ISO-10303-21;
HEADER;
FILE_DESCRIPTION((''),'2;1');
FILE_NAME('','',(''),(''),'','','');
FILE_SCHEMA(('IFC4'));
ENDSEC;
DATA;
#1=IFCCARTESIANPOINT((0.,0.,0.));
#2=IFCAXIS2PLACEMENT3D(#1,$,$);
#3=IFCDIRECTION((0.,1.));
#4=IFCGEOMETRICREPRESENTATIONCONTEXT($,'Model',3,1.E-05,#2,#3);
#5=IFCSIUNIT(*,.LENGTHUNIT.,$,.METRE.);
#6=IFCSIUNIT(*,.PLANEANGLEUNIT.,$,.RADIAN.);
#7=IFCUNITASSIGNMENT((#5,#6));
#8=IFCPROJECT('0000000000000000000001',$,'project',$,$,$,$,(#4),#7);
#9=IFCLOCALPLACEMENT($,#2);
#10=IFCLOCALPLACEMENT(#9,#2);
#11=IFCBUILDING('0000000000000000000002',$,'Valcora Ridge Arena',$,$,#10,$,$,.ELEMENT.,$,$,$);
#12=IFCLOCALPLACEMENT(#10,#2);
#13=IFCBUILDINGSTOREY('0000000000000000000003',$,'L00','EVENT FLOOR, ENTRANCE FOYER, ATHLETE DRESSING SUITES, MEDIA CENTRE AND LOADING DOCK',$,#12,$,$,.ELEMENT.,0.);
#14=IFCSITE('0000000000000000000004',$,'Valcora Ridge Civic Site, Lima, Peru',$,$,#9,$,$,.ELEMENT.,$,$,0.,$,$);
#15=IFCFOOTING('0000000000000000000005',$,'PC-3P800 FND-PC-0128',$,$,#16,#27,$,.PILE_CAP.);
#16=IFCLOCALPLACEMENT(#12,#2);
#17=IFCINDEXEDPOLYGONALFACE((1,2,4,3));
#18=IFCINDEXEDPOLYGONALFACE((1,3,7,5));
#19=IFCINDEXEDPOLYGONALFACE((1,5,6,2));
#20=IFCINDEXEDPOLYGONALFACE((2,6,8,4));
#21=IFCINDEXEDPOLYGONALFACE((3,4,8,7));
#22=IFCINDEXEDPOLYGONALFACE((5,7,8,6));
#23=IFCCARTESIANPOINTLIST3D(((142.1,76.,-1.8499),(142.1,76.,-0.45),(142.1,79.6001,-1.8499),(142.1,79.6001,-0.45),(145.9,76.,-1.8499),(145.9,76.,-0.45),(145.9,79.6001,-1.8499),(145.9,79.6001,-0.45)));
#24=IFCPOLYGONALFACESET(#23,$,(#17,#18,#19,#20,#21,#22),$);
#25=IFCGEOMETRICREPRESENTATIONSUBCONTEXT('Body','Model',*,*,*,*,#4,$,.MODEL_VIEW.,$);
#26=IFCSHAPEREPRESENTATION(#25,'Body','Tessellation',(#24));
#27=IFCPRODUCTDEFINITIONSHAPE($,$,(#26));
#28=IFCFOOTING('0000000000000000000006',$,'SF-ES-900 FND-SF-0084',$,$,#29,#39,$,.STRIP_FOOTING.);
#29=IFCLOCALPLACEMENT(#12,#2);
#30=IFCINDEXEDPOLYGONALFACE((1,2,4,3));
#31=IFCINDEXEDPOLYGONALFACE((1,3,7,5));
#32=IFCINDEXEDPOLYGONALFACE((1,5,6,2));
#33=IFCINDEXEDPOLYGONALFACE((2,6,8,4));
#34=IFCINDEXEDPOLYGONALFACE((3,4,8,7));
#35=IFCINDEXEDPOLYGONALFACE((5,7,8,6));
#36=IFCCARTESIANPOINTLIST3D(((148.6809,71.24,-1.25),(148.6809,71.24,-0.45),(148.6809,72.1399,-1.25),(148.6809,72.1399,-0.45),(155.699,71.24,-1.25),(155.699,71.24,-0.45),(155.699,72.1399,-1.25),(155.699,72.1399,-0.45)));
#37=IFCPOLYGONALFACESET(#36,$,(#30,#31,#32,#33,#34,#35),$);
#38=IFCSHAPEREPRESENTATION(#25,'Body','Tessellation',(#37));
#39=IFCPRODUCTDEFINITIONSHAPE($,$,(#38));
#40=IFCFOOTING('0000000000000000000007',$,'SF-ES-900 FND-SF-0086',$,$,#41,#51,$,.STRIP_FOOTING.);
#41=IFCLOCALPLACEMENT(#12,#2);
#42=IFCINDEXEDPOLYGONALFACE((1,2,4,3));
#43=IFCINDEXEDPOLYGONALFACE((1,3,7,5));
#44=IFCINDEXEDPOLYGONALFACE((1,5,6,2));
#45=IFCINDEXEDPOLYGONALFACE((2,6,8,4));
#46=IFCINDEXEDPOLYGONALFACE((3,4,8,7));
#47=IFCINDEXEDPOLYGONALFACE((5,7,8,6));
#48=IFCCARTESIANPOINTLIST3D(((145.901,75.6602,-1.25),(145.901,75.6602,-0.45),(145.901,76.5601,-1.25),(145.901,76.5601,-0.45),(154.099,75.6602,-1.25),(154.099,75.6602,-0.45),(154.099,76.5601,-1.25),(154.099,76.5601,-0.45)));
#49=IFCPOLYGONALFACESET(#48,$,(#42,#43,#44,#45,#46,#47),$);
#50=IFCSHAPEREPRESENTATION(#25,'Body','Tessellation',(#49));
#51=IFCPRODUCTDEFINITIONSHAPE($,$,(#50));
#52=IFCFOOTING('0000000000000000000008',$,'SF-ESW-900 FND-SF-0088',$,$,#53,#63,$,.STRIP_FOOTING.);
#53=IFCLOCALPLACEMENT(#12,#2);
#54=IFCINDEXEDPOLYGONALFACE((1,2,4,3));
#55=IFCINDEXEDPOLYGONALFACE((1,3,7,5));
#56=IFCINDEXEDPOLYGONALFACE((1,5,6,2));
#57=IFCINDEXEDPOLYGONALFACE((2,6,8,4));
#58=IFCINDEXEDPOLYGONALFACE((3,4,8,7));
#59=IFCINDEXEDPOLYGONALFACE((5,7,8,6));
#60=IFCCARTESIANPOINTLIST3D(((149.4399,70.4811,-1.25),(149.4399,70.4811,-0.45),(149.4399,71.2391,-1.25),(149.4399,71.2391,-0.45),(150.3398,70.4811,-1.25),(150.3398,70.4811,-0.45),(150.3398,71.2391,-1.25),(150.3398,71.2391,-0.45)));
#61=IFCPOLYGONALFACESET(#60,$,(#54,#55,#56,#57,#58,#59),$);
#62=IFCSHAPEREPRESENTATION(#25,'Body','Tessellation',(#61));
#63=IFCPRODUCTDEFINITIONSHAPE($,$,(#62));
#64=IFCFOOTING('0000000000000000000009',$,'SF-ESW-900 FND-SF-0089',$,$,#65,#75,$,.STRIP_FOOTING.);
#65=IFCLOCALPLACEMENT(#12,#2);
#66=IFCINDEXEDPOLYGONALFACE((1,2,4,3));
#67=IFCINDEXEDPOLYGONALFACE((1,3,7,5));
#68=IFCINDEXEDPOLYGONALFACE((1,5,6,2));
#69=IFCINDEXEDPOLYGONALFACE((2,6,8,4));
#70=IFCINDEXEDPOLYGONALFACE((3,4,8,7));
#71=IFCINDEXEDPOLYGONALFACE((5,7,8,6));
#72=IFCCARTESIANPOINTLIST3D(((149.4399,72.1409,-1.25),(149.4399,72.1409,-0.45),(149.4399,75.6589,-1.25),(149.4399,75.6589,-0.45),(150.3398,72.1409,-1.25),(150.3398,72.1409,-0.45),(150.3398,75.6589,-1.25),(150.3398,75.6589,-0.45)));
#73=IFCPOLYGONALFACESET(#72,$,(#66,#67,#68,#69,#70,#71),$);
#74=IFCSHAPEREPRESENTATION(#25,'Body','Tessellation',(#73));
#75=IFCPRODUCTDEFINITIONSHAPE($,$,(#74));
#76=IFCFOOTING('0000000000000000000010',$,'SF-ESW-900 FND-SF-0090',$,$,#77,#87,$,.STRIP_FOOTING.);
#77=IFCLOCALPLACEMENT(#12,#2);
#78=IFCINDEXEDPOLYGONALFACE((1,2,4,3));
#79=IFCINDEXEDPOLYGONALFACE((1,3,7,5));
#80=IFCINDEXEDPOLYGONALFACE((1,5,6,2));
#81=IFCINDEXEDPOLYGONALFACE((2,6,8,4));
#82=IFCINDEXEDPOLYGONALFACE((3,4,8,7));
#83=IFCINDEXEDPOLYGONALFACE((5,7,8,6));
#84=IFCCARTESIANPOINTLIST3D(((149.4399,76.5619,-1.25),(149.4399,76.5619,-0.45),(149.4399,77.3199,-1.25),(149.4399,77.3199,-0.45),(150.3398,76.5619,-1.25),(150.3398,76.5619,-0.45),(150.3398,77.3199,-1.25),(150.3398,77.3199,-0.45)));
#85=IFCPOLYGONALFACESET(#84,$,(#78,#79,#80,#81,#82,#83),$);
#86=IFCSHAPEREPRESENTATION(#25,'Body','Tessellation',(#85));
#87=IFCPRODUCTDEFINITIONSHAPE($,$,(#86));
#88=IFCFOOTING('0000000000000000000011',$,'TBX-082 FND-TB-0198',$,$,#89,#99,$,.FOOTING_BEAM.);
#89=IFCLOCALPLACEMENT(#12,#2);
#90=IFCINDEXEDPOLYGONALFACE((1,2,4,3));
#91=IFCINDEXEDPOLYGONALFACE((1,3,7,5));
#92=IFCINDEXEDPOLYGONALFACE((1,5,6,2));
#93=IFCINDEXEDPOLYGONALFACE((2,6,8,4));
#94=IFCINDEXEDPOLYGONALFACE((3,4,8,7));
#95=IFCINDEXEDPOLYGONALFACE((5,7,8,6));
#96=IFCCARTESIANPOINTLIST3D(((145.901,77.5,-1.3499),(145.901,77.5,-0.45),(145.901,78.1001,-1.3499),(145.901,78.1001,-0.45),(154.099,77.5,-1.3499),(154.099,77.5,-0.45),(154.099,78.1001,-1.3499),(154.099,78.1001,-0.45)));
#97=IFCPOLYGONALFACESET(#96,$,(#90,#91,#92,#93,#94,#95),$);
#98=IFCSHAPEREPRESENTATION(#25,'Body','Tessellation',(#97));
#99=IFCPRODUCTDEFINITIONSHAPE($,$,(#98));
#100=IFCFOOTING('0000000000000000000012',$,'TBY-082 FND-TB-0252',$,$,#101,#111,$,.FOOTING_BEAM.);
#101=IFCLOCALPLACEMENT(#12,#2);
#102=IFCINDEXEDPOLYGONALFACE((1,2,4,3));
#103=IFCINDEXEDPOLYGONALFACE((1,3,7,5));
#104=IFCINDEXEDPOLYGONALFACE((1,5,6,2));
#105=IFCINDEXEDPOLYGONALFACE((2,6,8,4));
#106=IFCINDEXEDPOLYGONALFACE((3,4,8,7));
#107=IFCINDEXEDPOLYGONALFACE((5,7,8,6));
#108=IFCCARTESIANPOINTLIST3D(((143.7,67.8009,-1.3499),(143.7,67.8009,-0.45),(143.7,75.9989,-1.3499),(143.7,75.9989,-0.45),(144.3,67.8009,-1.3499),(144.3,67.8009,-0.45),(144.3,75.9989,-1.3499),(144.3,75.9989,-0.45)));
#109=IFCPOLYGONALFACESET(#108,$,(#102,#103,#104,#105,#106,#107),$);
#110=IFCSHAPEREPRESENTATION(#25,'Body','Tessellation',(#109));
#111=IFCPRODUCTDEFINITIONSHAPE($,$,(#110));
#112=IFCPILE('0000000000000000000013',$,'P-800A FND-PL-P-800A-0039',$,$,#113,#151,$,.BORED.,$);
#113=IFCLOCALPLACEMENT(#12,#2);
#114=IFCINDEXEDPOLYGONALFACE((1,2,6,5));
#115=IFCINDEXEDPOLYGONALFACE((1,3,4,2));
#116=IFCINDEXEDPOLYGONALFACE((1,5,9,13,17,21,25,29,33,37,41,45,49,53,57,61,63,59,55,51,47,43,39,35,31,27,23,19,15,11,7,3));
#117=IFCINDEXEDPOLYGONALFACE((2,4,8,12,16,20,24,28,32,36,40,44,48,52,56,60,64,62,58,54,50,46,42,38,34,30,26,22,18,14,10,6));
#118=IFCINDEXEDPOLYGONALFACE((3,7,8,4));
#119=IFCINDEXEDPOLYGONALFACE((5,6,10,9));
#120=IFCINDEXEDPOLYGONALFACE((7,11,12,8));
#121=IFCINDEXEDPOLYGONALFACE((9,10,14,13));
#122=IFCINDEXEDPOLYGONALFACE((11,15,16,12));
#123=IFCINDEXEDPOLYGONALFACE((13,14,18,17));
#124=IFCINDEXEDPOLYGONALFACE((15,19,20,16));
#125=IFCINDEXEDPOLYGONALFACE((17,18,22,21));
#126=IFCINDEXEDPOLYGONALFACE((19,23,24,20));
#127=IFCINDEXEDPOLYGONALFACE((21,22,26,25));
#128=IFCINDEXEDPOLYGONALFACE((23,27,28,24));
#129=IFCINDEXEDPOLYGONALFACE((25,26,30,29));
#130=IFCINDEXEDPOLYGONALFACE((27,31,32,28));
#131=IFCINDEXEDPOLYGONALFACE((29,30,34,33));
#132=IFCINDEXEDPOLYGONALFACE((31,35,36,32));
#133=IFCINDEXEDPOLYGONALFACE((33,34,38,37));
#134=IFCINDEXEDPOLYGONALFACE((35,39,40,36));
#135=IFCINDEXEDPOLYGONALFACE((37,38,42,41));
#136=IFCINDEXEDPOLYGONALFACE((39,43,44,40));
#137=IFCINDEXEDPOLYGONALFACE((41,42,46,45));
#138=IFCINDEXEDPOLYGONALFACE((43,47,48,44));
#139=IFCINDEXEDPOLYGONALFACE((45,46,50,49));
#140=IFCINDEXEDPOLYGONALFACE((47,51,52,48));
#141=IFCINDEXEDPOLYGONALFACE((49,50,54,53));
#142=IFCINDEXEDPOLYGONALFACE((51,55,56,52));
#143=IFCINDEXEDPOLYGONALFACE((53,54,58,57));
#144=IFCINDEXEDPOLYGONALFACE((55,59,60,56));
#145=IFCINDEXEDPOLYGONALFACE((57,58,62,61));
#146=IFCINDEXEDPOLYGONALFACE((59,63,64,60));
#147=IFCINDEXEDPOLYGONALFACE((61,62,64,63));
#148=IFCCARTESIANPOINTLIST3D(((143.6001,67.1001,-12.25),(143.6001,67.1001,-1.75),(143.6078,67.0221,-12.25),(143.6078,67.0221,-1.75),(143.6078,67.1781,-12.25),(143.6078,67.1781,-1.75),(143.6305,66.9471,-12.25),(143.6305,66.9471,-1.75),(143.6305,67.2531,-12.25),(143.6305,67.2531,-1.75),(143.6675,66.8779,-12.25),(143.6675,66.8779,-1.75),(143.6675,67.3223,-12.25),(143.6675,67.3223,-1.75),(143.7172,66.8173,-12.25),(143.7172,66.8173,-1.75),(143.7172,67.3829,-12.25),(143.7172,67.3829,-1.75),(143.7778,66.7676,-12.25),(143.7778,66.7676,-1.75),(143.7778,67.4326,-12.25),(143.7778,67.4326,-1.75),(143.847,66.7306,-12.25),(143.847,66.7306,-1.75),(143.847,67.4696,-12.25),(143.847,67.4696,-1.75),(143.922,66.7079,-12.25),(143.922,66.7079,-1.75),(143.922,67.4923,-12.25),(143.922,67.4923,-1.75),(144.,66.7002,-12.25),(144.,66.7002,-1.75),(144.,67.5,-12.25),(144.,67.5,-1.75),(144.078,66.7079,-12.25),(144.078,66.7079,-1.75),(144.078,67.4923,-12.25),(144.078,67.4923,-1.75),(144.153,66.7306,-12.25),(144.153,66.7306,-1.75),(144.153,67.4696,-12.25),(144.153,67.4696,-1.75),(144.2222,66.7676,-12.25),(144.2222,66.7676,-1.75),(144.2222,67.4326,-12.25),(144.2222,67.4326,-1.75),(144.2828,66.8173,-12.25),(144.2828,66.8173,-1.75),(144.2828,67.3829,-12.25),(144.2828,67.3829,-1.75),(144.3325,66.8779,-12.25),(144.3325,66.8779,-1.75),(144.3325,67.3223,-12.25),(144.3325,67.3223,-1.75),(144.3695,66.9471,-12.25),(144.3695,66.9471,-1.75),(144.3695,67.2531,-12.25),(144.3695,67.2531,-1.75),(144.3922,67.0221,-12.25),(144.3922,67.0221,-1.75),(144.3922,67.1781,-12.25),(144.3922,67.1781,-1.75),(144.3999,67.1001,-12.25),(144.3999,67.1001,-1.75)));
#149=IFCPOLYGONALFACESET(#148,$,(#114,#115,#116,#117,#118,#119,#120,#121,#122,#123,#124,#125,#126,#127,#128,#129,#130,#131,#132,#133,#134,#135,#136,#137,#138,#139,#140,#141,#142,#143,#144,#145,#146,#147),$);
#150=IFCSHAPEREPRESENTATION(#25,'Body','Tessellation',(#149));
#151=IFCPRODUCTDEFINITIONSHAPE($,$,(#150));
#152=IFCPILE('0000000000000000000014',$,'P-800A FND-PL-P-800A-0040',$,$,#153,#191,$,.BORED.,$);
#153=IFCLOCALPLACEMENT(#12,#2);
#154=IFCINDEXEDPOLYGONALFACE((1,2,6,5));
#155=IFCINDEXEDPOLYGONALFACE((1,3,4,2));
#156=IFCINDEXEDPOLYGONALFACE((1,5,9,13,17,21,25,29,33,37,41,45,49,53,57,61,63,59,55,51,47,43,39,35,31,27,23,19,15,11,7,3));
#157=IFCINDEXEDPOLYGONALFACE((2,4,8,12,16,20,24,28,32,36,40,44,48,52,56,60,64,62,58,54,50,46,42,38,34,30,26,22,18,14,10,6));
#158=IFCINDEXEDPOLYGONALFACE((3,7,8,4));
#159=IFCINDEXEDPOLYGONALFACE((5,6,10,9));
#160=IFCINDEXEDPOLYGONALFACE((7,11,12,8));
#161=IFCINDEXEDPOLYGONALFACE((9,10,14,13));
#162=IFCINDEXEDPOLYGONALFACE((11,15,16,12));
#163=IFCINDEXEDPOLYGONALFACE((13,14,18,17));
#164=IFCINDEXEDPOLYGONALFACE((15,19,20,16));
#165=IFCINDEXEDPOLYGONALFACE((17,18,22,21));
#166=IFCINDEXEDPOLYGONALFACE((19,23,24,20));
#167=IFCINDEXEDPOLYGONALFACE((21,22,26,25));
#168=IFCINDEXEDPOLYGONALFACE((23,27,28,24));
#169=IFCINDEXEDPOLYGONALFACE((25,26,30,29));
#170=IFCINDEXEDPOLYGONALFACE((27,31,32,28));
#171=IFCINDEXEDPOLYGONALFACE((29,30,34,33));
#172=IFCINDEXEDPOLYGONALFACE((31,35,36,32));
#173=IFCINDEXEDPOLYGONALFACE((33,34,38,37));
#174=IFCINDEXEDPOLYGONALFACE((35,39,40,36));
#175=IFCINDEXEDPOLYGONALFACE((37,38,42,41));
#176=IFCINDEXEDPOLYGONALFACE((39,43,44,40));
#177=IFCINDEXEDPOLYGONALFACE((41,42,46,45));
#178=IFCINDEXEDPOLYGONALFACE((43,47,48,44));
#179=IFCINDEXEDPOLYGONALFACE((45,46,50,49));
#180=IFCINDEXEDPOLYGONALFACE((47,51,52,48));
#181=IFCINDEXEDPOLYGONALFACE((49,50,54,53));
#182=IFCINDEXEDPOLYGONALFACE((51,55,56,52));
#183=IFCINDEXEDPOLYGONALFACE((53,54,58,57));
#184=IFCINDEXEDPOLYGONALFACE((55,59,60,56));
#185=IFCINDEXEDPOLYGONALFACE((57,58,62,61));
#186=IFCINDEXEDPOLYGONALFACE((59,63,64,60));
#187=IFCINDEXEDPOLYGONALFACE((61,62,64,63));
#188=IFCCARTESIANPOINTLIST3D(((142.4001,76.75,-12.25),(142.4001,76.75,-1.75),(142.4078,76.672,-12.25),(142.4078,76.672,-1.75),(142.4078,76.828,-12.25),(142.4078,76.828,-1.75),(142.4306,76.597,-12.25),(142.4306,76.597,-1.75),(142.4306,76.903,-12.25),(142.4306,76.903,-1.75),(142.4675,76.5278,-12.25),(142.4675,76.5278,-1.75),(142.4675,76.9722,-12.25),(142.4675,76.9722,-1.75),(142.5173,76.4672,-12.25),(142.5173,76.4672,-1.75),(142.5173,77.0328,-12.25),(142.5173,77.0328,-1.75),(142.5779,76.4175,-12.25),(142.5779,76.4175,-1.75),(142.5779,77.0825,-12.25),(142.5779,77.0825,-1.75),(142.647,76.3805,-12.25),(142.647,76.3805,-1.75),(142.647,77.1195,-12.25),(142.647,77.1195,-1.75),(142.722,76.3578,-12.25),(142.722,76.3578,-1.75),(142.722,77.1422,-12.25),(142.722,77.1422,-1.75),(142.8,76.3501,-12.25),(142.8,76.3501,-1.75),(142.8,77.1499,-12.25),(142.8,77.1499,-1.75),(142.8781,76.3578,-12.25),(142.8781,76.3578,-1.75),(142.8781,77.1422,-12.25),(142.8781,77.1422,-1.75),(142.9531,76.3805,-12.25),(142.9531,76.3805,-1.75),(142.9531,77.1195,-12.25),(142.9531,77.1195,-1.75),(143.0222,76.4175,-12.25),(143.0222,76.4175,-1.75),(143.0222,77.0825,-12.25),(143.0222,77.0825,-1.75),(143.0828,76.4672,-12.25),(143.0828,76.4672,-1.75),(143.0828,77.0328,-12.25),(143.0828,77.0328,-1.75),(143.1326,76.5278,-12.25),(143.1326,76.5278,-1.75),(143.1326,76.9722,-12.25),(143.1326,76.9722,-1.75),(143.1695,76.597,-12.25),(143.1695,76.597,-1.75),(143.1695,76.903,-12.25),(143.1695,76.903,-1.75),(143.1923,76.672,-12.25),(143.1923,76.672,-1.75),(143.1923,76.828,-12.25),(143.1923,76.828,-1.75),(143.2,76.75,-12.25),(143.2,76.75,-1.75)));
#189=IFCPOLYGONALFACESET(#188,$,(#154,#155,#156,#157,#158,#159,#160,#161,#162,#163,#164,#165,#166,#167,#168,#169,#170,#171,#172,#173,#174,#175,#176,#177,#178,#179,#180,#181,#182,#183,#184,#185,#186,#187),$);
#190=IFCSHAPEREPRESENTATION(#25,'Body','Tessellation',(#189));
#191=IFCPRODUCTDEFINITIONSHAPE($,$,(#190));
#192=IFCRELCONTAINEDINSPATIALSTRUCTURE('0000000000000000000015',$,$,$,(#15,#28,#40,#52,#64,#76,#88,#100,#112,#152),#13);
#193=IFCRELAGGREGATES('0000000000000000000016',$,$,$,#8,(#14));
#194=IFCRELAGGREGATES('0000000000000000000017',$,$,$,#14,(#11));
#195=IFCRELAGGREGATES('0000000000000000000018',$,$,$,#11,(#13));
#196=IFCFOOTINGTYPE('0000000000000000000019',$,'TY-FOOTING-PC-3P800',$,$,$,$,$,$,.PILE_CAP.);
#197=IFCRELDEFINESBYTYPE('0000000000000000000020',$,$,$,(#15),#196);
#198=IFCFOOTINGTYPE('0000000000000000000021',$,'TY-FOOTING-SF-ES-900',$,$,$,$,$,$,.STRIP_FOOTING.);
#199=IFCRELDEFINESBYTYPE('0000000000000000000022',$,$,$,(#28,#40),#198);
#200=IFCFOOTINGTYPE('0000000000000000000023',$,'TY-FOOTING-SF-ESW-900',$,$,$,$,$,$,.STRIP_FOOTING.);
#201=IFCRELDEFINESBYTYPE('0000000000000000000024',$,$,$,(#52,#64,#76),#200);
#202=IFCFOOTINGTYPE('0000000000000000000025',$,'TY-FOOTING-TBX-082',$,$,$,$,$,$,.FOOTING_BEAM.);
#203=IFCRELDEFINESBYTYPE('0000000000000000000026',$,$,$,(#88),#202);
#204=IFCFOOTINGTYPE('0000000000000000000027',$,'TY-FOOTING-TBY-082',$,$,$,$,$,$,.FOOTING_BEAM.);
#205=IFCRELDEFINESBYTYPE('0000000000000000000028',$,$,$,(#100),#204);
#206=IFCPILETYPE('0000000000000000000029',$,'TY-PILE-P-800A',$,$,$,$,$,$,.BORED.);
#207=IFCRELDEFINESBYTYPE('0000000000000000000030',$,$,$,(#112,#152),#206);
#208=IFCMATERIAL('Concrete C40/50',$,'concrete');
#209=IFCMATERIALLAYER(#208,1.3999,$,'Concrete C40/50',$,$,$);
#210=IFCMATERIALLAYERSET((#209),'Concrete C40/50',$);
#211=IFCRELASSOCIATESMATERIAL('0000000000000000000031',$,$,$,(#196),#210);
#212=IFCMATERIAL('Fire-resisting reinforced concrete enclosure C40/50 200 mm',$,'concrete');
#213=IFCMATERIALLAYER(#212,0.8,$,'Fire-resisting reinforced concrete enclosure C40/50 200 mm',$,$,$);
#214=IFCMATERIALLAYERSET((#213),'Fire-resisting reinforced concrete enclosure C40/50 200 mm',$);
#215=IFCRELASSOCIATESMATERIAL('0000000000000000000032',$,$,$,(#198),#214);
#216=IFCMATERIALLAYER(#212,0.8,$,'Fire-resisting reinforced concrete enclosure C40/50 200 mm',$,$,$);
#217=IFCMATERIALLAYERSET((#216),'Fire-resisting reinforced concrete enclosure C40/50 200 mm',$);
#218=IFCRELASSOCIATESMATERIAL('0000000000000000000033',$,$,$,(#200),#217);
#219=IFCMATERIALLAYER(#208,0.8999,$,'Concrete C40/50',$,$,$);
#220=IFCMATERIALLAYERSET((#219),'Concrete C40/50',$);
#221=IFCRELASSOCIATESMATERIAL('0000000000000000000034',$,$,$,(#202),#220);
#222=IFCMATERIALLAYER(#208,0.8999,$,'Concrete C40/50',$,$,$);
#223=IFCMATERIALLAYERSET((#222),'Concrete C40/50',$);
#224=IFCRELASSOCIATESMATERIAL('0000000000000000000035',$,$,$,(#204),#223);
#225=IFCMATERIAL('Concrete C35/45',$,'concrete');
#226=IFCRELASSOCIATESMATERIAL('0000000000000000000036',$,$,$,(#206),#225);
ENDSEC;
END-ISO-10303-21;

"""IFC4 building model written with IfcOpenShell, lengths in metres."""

from ifc_helpers import new_model, si_unit, direction, frame, origin, origin_2d, place, context, subcontext, project, spatial, rectangle, circle, extrude, material, layer, layer_set, material_profile, profile_set, type_object, element, save


model = new_model("IFC4")

# Units and contexts
model_context = context("Model", 3, precision=1e-05, world=origin(), true_north=direction((0.0, 1.0)))
body_context = subcontext(model_context, "Body", "Model", "MODEL_VIEW")
ifc_project = project(units=[si_unit("LENGTHUNIT", "METRE"), si_unit("PLANEANGLEUNIT", "RADIAN")], contexts=[model_context])

# Site, building, storey
site_placement = place(None, origin())
site = spatial("IfcSite", under=ifc_project, at=site_placement, Name="Valcora Ridge Civic Site, Lima, Peru", CompositionType="ELEMENT", RefElevation=0.0)
building_placement = place(site_placement, origin())
building = spatial("IfcBuilding", under=site, at=building_placement, Name="Valcora Ridge Arena", CompositionType="ELEMENT")
storey_placement = place(building_placement, origin())
storey = spatial("IfcBuildingStorey", under=building, at=storey_placement, Name="L00", Description="EVENT FLOOR, ENTRANCE FOYER, ATHLETE DRESSING SUITES, MEDIA CENTRE AND LOADING DOCK", CompositionType="ELEMENT", Elevation=0.0)

# Footings
ifc_material_1 = material(Name="Concrete C40/50", Category="concrete")
ifc_layer_1 = layer(ifc_material_1, 1.3999, Name="Concrete C40/50")
ifc_layer_set_1 = layer_set([ifc_layer_1], Name="Concrete C40/50")
footing_type_1 = type_object("IfcFootingType", Name="TY-FOOTING-PC-3P800", PredefinedType="PILE_CAP", material=ifc_layer_set_1)
footing_1_placement = place(storey_placement, frame((144.0, 77.8, -1.8499), z_axis=(0.0, 0.0, 1.0), x_axis=(1.0, 0.0, 0.0)))
element("IfcFooting", 1, at=footing_1_placement, inside=storey, type_object=footing_type_1, Name="PC-3P800 FND-PC-0128", PredefinedType="PILE_CAP", context=body_context, shape_type="SweptSolid", body=[
    extrude(rectangle(XDim=3.8, YDim=3.6001, at=origin_2d()), origin(), (0.0, 0.0, 1.0), 1.3999),
])
ifc_material_2 = material(Name="Fire-resisting reinforced concrete enclosure C40/50 200 mm", Category="concrete")
ifc_layer_2 = layer(ifc_material_2, 0.8, Name="Fire-resisting reinforced concrete enclosure C40/50 200 mm")
ifc_layer_set_2 = layer_set([ifc_layer_2], Name="Fire-resisting reinforced concrete enclosure C40/50 200 mm")
footing_type_2 = type_object("IfcFootingType", Name="TY-FOOTING-SF-ES-900", PredefinedType="STRIP_FOOTING", material=ifc_layer_set_2)
footing_2_placement = place(storey_placement, frame((152.1899, 71.6899, -1.25), z_axis=(0.0, 0.0, 1.0), x_axis=(1.0, 0.0, 0.0)))
element("IfcFooting", 2, at=footing_2_placement, inside=storey, type_object=footing_type_2, Name="SF-ES-900 FND-SF-0084", PredefinedType="STRIP_FOOTING", context=body_context, shape_type="SweptSolid", body=[
    extrude(rectangle(XDim=7.0181, YDim=0.8999, at=origin_2d()), origin(), (0.0, 0.0, 1.0), 0.8),
])
footing_3_placement = place(storey_placement, frame((150.0, 76.1101, -1.25), z_axis=(0.0, 0.0, 1.0), x_axis=(1.0, 0.0, 0.0)))
element("IfcFooting", 3, at=footing_3_placement, inside=storey, type_object=footing_type_2, Name="SF-ES-900 FND-SF-0086", PredefinedType="STRIP_FOOTING", context=body_context, shape_type="SweptSolid", body=[
    extrude(rectangle(XDim=8.198, YDim=0.8999, at=origin_2d()), origin(), (0.0, 0.0, 1.0), 0.8),
])
ifc_layer_3 = layer(ifc_material_2, 0.8, Name="Fire-resisting reinforced concrete enclosure C40/50 200 mm")
ifc_layer_set_3 = layer_set([ifc_layer_3], Name="Fire-resisting reinforced concrete enclosure C40/50 200 mm")
footing_type_3 = type_object("IfcFootingType", Name="TY-FOOTING-SF-ESW-900", PredefinedType="STRIP_FOOTING", material=ifc_layer_set_3)
footing_4_placement = place(storey_placement, frame((149.8899, 70.8601, -1.25), z_axis=(0.0, 0.0, 1.0), x_axis=(1.0, 0.0, 0.0)))
element("IfcFooting", 4, at=footing_4_placement, inside=storey, type_object=footing_type_3, Name="SF-ESW-900 FND-SF-0088", PredefinedType="STRIP_FOOTING", context=body_context, shape_type="SweptSolid", body=[
    extrude(rectangle(XDim=0.8999, YDim=0.7581, at=origin_2d()), origin(), (0.0, 0.0, 1.0), 0.8),
])
footing_5_placement = place(storey_placement, frame((149.8899, 73.8999, -1.25), z_axis=(0.0, 0.0, 1.0), x_axis=(1.0, 0.0, 0.0)))
element("IfcFooting", 5, at=footing_5_placement, inside=storey, type_object=footing_type_3, Name="SF-ESW-900 FND-SF-0089", PredefinedType="STRIP_FOOTING", context=body_context, shape_type="SweptSolid", body=[
    extrude(rectangle(XDim=0.8999, YDim=3.5181, at=origin_2d()), origin(), (0.0, 0.0, 1.0), 0.8),
])
footing_6_placement = place(storey_placement, frame((149.8899, 76.9409, -1.25), z_axis=(0.0, 0.0, 1.0), x_axis=(1.0, 0.0, 0.0)))
element("IfcFooting", 6, at=footing_6_placement, inside=storey, type_object=footing_type_3, Name="SF-ESW-900 FND-SF-0090", PredefinedType="STRIP_FOOTING", context=body_context, shape_type="SweptSolid", body=[
    extrude(rectangle(XDim=0.8999, YDim=0.7581, at=origin_2d()), origin(), (0.0, 0.0, 1.0), 0.8),
])
ifc_layer_4 = layer(ifc_material_1, 0.8999, Name="Concrete C40/50")
ifc_layer_set_4 = layer_set([ifc_layer_4], Name="Concrete C40/50")
footing_type_4 = type_object("IfcFootingType", Name="TY-FOOTING-TBX-082", PredefinedType="FOOTING_BEAM", material=ifc_layer_set_4)
footing_7_placement = place(storey_placement, frame((150.0, 77.8, -1.3499), z_axis=(0.0, 0.0, 1.0), x_axis=(1.0, 0.0, 0.0)))
element("IfcFooting", 7, at=footing_7_placement, inside=storey, type_object=footing_type_4, Name="TBX-082 FND-TB-0198", PredefinedType="FOOTING_BEAM", context=body_context, shape_type="SweptSolid", body=[
    extrude(rectangle(XDim=8.198, YDim=0.6001, at=origin_2d()), origin(), (0.0, 0.0, 1.0), 0.8999),
])
ifc_layer_5 = layer(ifc_material_1, 0.8999, Name="Concrete C40/50")
ifc_layer_set_5 = layer_set([ifc_layer_5], Name="Concrete C40/50")
footing_type_5 = type_object("IfcFootingType", Name="TY-FOOTING-TBY-082", PredefinedType="FOOTING_BEAM", material=ifc_layer_set_5)
footing_8_placement = place(storey_placement, frame((144.0, 71.8999, -1.3499), z_axis=(0.0, 0.0, 1.0), x_axis=(1.0, 0.0, 0.0)))
element("IfcFooting", 8, at=footing_8_placement, inside=storey, type_object=footing_type_5, Name="TBY-082 FND-TB-0252", PredefinedType="FOOTING_BEAM", context=body_context, shape_type="SweptSolid", body=[
    extrude(rectangle(XDim=0.6001, YDim=8.198, at=origin_2d()), origin(), (0.0, 0.0, 1.0), 0.8999),
])

# Piles
ifc_material_3 = material(Name="Concrete C35/45", Category="concrete")
ifc_material_profile_1 = material_profile(ifc_material_3, circle(Radius=0.3999, at=origin_2d()), Name="BORED PILE D800")
ifc_profile_set_1 = profile_set([ifc_material_profile_1], Name="Concrete C35/45")
pile_type = type_object("IfcPileType", Name="TY-PILE-P-800A", PredefinedType="BORED", material=ifc_profile_set_1)
for number, where, z_axis, x_axis, name in (
    (9, (144.0, 67.1001, -1.75), (0.0, 0.0, -1.0), (1.0, 0.0, 0.0), "P-800A FND-PL-P-800A-0039"),
    (10, (142.8, 76.75, -1.75), (0.0, 0.0, -1.0), (1.0, 0.0, 0.0), "P-800A FND-PL-P-800A-0040"),
):
    element("IfcPile", number, at=place(storey_placement, frame(where, z_axis=z_axis, x_axis=x_axis)), inside=storey, type_object=pile_type, Name=name, PredefinedType="BORED", context=body_context, shape_type="SweptSolid", body=[
        extrude(circle(Radius=0.3999, at=origin_2d()), origin(), (0.0, 0.0, 1.0), 10.5),
    ])

save(model, "model.ifc")
